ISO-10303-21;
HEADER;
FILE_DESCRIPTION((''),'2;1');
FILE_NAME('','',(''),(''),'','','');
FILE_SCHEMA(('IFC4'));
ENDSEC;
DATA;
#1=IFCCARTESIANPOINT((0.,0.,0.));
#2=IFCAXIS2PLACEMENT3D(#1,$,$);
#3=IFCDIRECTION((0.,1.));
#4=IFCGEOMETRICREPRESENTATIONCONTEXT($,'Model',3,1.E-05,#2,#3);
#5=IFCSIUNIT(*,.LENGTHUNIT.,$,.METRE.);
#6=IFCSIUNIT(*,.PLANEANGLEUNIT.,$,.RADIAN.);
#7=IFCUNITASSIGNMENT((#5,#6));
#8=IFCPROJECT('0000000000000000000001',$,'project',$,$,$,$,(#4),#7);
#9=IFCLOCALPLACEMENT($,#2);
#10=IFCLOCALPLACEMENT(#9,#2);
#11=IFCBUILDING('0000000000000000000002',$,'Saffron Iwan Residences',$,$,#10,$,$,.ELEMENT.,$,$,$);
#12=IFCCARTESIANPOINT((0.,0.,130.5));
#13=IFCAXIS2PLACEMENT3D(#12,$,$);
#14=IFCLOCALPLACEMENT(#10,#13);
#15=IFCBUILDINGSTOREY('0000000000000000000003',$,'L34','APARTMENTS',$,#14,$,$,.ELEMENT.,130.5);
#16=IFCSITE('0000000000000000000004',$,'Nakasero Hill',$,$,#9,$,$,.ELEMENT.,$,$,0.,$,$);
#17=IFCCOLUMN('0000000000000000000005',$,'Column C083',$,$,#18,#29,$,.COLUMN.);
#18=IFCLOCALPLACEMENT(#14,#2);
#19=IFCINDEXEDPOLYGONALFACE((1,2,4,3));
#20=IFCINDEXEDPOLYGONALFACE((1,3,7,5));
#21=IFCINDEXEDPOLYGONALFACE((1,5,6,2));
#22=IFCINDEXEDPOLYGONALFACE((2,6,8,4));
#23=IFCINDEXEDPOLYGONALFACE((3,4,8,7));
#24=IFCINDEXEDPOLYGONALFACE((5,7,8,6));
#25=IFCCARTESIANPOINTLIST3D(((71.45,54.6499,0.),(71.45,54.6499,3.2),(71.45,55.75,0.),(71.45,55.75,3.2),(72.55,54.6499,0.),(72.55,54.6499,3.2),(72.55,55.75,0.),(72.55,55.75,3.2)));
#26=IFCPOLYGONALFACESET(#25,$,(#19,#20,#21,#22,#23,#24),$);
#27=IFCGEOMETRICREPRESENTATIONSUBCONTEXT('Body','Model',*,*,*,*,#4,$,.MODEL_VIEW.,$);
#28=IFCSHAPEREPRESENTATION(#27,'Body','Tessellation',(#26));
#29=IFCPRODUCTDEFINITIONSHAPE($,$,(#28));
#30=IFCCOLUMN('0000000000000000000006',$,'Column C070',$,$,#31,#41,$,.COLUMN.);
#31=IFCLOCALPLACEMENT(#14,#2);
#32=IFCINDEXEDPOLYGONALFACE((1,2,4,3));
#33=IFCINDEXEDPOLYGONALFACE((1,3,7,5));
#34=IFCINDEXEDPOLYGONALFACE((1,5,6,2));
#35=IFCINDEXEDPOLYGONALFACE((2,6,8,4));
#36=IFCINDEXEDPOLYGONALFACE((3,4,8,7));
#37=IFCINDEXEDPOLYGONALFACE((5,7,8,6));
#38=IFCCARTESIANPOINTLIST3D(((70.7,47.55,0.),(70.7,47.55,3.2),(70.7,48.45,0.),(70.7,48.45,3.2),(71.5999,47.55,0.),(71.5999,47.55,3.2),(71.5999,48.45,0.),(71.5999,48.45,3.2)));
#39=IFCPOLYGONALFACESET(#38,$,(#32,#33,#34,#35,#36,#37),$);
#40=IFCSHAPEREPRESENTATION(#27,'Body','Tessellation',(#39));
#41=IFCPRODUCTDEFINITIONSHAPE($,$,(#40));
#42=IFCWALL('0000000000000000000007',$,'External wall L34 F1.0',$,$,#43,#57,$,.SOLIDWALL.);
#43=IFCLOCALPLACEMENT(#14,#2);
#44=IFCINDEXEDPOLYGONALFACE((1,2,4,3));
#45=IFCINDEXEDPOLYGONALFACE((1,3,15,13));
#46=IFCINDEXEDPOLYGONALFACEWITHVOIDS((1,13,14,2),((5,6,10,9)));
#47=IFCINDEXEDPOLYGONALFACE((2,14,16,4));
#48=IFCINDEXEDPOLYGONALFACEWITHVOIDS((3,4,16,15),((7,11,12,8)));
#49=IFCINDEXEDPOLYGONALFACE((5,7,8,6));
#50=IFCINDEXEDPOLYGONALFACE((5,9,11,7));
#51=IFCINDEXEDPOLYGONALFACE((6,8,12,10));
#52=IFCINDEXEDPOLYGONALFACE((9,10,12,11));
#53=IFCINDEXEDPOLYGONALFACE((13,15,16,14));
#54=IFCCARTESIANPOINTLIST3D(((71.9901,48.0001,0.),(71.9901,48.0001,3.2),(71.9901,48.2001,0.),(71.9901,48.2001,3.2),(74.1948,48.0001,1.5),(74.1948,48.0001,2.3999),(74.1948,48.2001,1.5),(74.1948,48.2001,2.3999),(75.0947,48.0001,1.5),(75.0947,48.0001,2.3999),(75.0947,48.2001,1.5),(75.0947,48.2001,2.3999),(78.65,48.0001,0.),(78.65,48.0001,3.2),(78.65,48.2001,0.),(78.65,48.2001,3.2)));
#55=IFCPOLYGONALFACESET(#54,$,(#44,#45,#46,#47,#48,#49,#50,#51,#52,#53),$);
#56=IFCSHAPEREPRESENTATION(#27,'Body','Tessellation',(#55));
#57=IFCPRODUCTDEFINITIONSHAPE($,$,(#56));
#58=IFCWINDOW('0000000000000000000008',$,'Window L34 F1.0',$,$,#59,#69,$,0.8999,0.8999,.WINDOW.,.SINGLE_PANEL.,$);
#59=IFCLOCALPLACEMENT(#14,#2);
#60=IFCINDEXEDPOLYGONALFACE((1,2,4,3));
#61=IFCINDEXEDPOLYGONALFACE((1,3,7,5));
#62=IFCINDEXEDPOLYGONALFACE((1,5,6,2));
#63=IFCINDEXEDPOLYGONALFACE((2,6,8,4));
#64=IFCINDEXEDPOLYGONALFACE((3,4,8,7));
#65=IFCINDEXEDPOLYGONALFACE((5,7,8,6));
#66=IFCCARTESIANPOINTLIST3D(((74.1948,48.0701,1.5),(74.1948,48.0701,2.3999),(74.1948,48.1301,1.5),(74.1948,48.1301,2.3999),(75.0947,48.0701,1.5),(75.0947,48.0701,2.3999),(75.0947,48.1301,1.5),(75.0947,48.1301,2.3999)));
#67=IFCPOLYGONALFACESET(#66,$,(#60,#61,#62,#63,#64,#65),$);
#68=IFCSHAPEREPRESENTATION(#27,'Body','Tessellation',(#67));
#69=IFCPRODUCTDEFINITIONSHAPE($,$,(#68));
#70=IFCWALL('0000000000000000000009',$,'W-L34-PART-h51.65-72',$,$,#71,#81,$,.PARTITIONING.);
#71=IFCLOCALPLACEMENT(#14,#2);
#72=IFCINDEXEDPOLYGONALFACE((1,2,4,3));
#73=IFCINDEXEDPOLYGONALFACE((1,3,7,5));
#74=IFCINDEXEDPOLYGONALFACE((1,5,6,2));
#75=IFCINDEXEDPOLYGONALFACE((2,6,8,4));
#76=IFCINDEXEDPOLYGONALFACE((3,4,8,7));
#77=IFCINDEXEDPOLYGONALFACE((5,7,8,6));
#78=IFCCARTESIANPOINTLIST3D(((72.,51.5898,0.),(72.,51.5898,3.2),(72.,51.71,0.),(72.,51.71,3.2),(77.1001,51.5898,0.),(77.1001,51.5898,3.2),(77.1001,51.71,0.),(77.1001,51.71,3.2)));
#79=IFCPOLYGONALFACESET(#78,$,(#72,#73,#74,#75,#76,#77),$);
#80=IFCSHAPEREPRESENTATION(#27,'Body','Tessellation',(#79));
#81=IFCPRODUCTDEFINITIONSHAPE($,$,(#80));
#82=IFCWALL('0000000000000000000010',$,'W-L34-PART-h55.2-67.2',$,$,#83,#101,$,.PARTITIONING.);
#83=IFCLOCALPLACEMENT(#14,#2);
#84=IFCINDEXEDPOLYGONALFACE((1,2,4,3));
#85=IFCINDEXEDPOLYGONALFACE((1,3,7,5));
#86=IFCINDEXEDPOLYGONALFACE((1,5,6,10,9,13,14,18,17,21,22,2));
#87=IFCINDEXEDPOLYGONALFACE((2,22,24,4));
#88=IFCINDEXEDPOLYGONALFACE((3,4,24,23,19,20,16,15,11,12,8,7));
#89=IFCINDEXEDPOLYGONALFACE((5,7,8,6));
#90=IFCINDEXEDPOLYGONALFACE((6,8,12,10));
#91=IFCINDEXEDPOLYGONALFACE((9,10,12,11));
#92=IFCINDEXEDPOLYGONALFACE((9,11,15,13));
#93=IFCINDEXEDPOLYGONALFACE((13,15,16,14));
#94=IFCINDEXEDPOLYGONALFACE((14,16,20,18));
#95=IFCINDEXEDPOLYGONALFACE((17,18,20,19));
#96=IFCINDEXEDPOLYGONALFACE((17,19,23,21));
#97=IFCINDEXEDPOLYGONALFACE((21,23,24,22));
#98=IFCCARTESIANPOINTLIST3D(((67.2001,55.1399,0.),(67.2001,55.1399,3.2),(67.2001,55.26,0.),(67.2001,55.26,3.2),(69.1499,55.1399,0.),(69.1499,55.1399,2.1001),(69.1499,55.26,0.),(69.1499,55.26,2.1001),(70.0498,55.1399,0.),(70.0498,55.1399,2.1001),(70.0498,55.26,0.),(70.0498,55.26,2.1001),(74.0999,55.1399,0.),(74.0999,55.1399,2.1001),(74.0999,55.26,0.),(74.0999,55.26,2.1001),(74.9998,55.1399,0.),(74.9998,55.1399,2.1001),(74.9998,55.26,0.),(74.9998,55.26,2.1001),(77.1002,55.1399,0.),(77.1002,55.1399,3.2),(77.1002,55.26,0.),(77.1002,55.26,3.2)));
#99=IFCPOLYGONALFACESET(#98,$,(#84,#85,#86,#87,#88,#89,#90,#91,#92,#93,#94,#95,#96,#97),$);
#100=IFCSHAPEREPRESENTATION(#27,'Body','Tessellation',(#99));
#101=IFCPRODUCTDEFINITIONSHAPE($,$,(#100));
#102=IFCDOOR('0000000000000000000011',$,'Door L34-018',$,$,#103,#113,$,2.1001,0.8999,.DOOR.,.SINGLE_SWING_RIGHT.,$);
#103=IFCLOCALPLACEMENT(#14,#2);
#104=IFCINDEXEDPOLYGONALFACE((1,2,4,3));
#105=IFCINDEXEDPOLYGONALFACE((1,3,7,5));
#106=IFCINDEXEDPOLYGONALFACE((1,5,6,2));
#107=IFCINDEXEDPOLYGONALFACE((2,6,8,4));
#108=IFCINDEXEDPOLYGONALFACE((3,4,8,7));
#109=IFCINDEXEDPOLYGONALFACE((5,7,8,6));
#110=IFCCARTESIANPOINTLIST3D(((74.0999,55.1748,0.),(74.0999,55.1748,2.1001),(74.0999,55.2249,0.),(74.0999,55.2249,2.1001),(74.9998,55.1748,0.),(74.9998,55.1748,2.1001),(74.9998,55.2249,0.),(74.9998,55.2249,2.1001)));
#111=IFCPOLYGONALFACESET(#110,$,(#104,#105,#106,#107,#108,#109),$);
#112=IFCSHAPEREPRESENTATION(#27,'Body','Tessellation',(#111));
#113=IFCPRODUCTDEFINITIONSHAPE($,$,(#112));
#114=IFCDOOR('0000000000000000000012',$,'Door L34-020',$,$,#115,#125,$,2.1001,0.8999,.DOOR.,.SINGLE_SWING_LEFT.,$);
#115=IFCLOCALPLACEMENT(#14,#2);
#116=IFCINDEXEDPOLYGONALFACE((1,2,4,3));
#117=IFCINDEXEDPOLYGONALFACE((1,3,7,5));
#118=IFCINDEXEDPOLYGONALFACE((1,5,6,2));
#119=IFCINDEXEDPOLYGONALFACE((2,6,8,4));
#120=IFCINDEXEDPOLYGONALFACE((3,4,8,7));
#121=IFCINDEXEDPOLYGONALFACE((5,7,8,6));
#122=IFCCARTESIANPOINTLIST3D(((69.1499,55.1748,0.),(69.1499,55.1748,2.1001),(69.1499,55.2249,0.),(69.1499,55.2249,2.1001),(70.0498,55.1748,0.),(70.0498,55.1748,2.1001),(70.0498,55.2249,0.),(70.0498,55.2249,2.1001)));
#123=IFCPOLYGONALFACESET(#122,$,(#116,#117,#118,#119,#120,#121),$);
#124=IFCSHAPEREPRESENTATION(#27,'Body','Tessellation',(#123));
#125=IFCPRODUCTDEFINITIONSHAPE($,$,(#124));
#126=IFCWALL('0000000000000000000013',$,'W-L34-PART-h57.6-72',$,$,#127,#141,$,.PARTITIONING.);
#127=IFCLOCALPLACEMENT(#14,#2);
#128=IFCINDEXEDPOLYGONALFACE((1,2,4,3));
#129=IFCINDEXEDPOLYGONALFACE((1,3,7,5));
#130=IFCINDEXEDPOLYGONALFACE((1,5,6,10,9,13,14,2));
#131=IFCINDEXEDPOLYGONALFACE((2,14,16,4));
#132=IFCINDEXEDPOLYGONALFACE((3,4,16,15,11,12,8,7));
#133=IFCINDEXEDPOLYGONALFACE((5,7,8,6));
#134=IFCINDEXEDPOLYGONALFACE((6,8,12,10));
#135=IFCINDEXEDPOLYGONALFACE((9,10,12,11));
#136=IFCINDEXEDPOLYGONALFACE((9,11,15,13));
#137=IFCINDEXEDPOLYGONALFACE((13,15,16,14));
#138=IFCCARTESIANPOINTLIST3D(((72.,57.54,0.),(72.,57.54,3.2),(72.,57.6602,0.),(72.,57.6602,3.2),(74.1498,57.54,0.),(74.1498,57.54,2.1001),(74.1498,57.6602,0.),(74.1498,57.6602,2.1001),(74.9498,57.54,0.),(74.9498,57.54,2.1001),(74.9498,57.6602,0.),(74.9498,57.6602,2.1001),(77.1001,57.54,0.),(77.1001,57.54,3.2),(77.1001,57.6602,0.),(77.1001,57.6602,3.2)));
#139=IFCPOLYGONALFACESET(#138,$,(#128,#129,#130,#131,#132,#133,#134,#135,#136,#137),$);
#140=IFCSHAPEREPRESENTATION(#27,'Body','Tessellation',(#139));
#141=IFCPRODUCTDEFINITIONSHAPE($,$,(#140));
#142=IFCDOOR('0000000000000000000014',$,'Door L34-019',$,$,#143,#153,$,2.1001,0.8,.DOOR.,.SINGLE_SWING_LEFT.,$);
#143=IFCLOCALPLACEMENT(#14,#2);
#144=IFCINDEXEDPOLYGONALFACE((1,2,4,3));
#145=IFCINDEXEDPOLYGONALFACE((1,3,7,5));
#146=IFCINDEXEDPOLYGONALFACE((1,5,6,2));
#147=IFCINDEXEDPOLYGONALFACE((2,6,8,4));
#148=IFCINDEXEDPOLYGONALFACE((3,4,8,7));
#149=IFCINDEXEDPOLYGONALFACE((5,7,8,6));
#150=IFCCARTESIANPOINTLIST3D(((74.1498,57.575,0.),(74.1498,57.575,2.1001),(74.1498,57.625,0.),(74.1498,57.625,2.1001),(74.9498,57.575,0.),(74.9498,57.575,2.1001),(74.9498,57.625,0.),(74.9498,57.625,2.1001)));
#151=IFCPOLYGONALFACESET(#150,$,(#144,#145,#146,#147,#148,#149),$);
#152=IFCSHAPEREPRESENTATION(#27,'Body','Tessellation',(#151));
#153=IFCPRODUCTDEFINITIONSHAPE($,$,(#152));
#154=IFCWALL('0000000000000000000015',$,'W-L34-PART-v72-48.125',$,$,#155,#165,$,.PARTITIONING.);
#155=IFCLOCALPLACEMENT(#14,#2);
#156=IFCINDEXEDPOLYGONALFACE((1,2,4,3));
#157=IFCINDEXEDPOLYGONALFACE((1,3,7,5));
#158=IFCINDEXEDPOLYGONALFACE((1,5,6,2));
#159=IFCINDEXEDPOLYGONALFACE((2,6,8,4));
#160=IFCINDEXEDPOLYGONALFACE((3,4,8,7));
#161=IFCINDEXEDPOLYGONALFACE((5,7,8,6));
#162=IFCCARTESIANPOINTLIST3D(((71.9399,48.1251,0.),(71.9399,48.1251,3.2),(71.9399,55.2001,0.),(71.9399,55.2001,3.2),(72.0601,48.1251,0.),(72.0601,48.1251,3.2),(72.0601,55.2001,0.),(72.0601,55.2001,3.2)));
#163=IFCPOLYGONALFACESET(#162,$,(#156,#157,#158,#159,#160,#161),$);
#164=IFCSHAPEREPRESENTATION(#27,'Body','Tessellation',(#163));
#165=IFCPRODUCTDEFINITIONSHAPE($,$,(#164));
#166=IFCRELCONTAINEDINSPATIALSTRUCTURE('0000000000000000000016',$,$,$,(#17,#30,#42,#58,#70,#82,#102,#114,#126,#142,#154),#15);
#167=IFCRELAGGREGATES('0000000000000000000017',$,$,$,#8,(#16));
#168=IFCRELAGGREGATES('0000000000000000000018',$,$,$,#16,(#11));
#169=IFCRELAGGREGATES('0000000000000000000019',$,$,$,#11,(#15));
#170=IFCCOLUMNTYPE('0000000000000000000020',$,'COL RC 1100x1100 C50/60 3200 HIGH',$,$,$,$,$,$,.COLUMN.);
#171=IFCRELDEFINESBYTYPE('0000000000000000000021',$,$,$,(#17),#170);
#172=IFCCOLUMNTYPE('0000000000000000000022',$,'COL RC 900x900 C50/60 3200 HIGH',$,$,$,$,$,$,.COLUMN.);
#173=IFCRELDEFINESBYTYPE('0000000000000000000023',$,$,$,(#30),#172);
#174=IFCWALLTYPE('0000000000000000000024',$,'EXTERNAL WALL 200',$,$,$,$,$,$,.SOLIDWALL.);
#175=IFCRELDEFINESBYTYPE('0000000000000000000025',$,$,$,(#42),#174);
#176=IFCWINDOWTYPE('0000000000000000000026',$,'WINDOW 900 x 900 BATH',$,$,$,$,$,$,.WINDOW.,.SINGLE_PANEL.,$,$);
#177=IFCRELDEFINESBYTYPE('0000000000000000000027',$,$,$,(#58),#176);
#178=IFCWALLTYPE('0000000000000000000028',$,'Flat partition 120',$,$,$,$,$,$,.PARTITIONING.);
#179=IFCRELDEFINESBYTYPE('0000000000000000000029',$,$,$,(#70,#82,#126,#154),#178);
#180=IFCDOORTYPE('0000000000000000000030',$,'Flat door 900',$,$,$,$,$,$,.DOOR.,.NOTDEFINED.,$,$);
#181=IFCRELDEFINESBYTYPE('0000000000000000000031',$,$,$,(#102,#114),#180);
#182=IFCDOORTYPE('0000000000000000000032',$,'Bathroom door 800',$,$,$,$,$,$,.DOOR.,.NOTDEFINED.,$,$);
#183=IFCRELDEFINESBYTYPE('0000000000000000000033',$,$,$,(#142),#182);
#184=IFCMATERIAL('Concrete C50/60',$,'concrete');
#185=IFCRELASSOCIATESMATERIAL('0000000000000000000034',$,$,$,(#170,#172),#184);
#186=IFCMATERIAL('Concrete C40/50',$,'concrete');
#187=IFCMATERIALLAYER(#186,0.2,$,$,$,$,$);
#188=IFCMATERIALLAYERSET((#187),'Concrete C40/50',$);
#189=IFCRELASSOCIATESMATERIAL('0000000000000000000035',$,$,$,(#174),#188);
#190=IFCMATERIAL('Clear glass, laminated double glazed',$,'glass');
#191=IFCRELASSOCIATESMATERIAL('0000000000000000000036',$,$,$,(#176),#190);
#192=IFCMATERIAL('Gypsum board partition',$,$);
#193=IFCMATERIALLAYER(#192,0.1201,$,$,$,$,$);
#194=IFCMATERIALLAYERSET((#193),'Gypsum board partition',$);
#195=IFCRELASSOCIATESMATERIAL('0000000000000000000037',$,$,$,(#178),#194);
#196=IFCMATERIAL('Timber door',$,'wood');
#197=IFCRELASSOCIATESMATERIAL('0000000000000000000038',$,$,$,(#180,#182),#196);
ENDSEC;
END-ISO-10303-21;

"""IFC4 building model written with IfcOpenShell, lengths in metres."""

from ifc_helpers import new_model, si_unit, direction, frame, frame_2d, origin, origin_2d, place, context, subcontext, project, spatial, rectangle, extrude, source, transform, mapped, material, layer, layer_set, material_profile, profile_set, type_object, element, fill, save


model = new_model("IFC4")

# Units and contexts
model_context = context("Model", 3, precision=1e-05, world=origin(), true_north=direction((0.0, 1.0)))
body_context = subcontext(model_context, "Body", "Model", "MODEL_VIEW")
ifc_project = project(units=[si_unit("LENGTHUNIT", "METRE"), si_unit("PLANEANGLEUNIT", "RADIAN")], contexts=[model_context])

# Site, building, storey
site_placement = place(None, origin())
site = spatial("IfcSite", under=ifc_project, at=site_placement, Name="Nakasero Hill", CompositionType="ELEMENT", RefElevation=0.0)
building_placement = place(site_placement, origin())
building = spatial("IfcBuilding", under=site, at=building_placement, Name="Saffron Iwan Residences", CompositionType="ELEMENT")
storey_placement = place(building_placement, frame((0.0, 0.0, 130.5)))
storey = spatial("IfcBuildingStorey", under=building, at=storey_placement, Name="L34", Description="APARTMENTS", CompositionType="ELEMENT", Elevation=130.5)

# Columns
ifc_material_1 = material(Name="Concrete C50/60", Category="concrete")
ifc_material_profile_1 = material_profile(ifc_material_1, rectangle(XDim=1.1001, YDim=1.1001, at=origin_2d()), Name="RC 1100x1100")
ifc_profile_set_1 = profile_set([ifc_material_profile_1], Name="Concrete C50/60")
column_type_1 = type_object("IfcColumnType", Name="COL RC 1100x1100 C50/60 3200 HIGH", PredefinedType="COLUMN", material=ifc_profile_set_1)
shared_shape_1 = source(origin(), body_context, "Body", "SweptSolid", [
    extrude(rectangle(XDim=1.1001, YDim=1.1001, at=origin_2d()), origin(), (0.0, 0.0, 1.0), 3.2),
])
column_1_placement = place(storey_placement, frame((72.0, 55.2, 0.0), z_axis=(0.0, 0.0, 1.0), x_axis=(1.0, 0.0, 0.0)))
element("IfcColumn", 1, at=column_1_placement, inside=storey, type_object=column_type_1, Name="Column C083", PredefinedType="COLUMN", context=body_context, shape_type="MappedRepresentation", body=[
    mapped(shared_shape_1, transform((0.0, 0.0, 0.0))),
])
ifc_material_profile_2 = material_profile(ifc_material_1, rectangle(XDim=0.8999, YDim=0.8999, at=origin_2d()), Name="RC 900x900")
ifc_profile_set_2 = profile_set([ifc_material_profile_2], Name="Concrete C50/60")
column_type_2 = type_object("IfcColumnType", Name="COL RC 900x900 C50/60 3200 HIGH", PredefinedType="COLUMN", material=ifc_profile_set_2)
shared_shape_2 = source(origin(), body_context, "Body", "SweptSolid", [
    extrude(rectangle(XDim=0.8999, YDim=0.8999, at=origin_2d()), origin(), (0.0, 0.0, 1.0), 3.2),
])
column_2_placement = place(storey_placement, frame((71.1499, 48.0, 0.0), z_axis=(0.0, 0.0, 1.0), x_axis=(1.0, 0.0, 0.0)))
element("IfcColumn", 2, at=column_2_placement, inside=storey, type_object=column_type_2, Name="Column C070", PredefinedType="COLUMN", context=body_context, shape_type="MappedRepresentation", body=[
    mapped(shared_shape_2, transform((0.0, 0.0, 0.0))),
])

# Wall, opening, window
ifc_material_2 = material(Name="Concrete C40/50", Category="concrete")
ifc_layer_1 = layer(ifc_material_2, 0.2)
ifc_layer_set_1 = layer_set([ifc_layer_1], Name="Concrete C40/50")
wall_type_1 = type_object("IfcWallType", Name="EXTERNAL WALL 200", PredefinedType="SOLIDWALL", material=ifc_layer_set_1)
wall_1_placement = place(storey_placement, frame((71.99, 48.1001, 0.0), z_axis=(0.0, 0.0, 1.0), x_axis=(1.0, 0.0, 0.0)))
wall_1 = element("IfcWall", 3, at=wall_1_placement, inside=storey, type_object=wall_type_1, Name="External wall L34 F1.0", PredefinedType="SOLIDWALL", context=body_context, shape_type="SweptSolid", body=[
    extrude(rectangle(XDim=6.6599, YDim=0.2, at=frame_2d((3.3301, 0.0))), origin(), (0.0, 0.0, 1.0), 3.2),
])
opening_1_placement = place(wall_1_placement, frame((2.2048, 0.0, 1.5)))
opening_1 = element("IfcOpeningElement", 4, at=opening_1_placement, cuts=wall_1, PredefinedType="OPENING", context=body_context, shape_type="SweptSolid", body=[
    extrude(rectangle(XDim=0.8999, YDim=0.8999, at=frame_2d((0.45, 0.45))), frame((0.0, 0.1099, 0.0), z_axis=(0.0, -1.0, 0.0), x_axis=(1.0, 0.0, 0.0)), (0.0, 0.0, 1.0), 0.22),
])
ifc_material_3 = material(Name="Clear glass, laminated double glazed", Category="glass")
window_type = type_object("IfcWindowType", Name="WINDOW 900 x 900 BATH", PartitioningType="SINGLE_PANEL", PredefinedType="WINDOW", material=ifc_material_3)
window_placement = place(opening_1_placement, origin())
window = element("IfcWindow", 5, at=window_placement, inside=storey, type_object=window_type, Name="Window L34 F1.0", OverallHeight=0.8999, OverallWidth=0.8999, PartitioningType="SINGLE_PANEL", PredefinedType="WINDOW", context=body_context, shape_type="SweptSolid", body=[
    extrude(rectangle(XDim=0.8999, YDim=0.8999, at=frame_2d((0.45, 0.45))), frame((0.0, 0.03, 0.0), z_axis=(0.0, -1.0, 0.0), x_axis=(1.0, 0.0, 0.0)), (0.0, 0.0, 1.0), 0.0601),
])
fill(opening_1, window)

# Wall
ifc_material_4 = material(Name="Gypsum board partition")
ifc_layer_2 = layer(ifc_material_4, 0.1201)
ifc_layer_set_2 = layer_set([ifc_layer_2], Name="Gypsum board partition")
wall_type_2 = type_object("IfcWallType", Name="Flat partition 120", PredefinedType="PARTITIONING", material=ifc_layer_set_2)
wall_2_placement = place(storey_placement, frame((72.0, 51.6499, 0.0), z_axis=(0.0, 0.0, 1.0), x_axis=(1.0, 0.0, 0.0)))
element("IfcWall", 6, at=wall_2_placement, inside=storey, type_object=wall_type_2, Name="W-L34-PART-h51.65-72", PredefinedType="PARTITIONING", context=body_context, shape_type="SweptSolid", body=[
    extrude(rectangle(XDim=5.1001, YDim=0.1201, at=frame_2d((2.55, 0.0))), origin(), (0.0, 0.0, 1.0), 3.2),
])

# Wall, openings, doors
wall_3_placement = place(storey_placement, frame((67.2, 55.2, 0.0), z_axis=(0.0, 0.0, 1.0), x_axis=(1.0, 0.0, 0.0)))
wall_3 = element("IfcWall", 7, at=wall_3_placement, inside=storey, type_object=wall_type_2, Name="W-L34-PART-h55.2-67.2", PredefinedType="PARTITIONING", context=body_context, shape_type="SweptSolid", body=[
    extrude(rectangle(XDim=9.9001, YDim=0.1201, at=frame_2d((4.9502, 0.0))), origin(), (0.0, 0.0, 1.0), 3.2),
])
opening_2_placement = place(wall_3_placement, frame((6.8999, 0.0, 0.0)))
opening_2 = element("IfcOpeningElement", 8, at=opening_2_placement, cuts=wall_3, PredefinedType="OPENING", context=body_context, shape_type="SweptSolid", body=[
    extrude(rectangle(XDim=0.8999, YDim=2.1001, at=frame_2d((0.45, 1.05))), frame((0.0, 0.0701, 0.0), z_axis=(0.0, -1.0, 0.0), x_axis=(1.0, 0.0, 0.0)), (0.0, 0.0, 1.0), 0.1401),
])
opening_3_placement = place(wall_3_placement, frame((1.95, 0.0, 0.0)))
opening_3 = element("IfcOpeningElement", 9, at=opening_3_placement, cuts=wall_3, PredefinedType="OPENING", context=body_context, shape_type="SweptSolid", body=[
    extrude(rectangle(XDim=0.8999, YDim=2.1001, at=frame_2d((0.45, 1.05))), frame((0.0, 0.0701, 0.0), z_axis=(0.0, -1.0, 0.0), x_axis=(1.0, 0.0, 0.0)), (0.0, 0.0, 1.0), 0.1401),
])
ifc_material_5 = material(Name="Timber door", Category="wood")
door_type_1 = type_object("IfcDoorType", Name="Flat door 900", OperationType="NOTDEFINED", PredefinedType="DOOR", material=ifc_material_5)
door_1_placement = place(opening_2_placement, origin())
door_1 = element("IfcDoor", 10, at=door_1_placement, inside=storey, type_object=door_type_1, Name="Door L34-018", OperationType="SINGLE_SWING_RIGHT", OverallHeight=2.1001, OverallWidth=0.8999, PredefinedType="DOOR", context=body_context, shape_type="SweptSolid", body=[
    extrude(rectangle(XDim=0.8999, YDim=2.1001, at=frame_2d((0.45, 1.05))), frame((0.0, 0.0249, 0.0), z_axis=(0.0, -1.0, 0.0), x_axis=(1.0, 0.0, 0.0)), (0.0, 0.0, 1.0), 0.05),
])
fill(opening_2, door_1)
door_2_placement = place(opening_3_placement, origin())
door_2 = element("IfcDoor", 11, at=door_2_placement, inside=storey, type_object=door_type_1, Name="Door L34-020", OperationType="SINGLE_SWING_LEFT", OverallHeight=2.1001, OverallWidth=0.8999, PredefinedType="DOOR", context=body_context, shape_type="SweptSolid", body=[
    extrude(rectangle(XDim=0.8999, YDim=2.1001, at=frame_2d((0.45, 1.05))), frame((0.0, 0.0249, 0.0), z_axis=(0.0, -1.0, 0.0), x_axis=(1.0, 0.0, 0.0)), (0.0, 0.0, 1.0), 0.05),
])
fill(opening_3, door_2)

# Wall, opening, door
wall_4_placement = place(storey_placement, frame((72.0, 57.6001, 0.0), z_axis=(0.0, 0.0, 1.0), x_axis=(1.0, 0.0, 0.0)))
wall_4 = element("IfcWall", 12, at=wall_4_placement, inside=storey, type_object=wall_type_2, Name="W-L34-PART-h57.6-72", PredefinedType="PARTITIONING", context=body_context, shape_type="SweptSolid", body=[
    extrude(rectangle(XDim=5.1001, YDim=0.1201, at=frame_2d((2.55, 0.0))), origin(), (0.0, 0.0, 1.0), 3.2),
])
opening_4_placement = place(wall_4_placement, frame((2.1499, 0.0, 0.0)))
opening_4 = element("IfcOpeningElement", 13, at=opening_4_placement, cuts=wall_4, PredefinedType="OPENING", context=body_context, shape_type="SweptSolid", body=[
    extrude(rectangle(XDim=0.8, YDim=2.1001, at=frame_2d((0.3999, 1.05))), frame((0.0, 0.0701, 0.0), z_axis=(0.0, -1.0, 0.0), x_axis=(1.0, 0.0, 0.0)), (0.0, 0.0, 1.0), 0.1401),
])
door_type_2 = type_object("IfcDoorType", Name="Bathroom door 800", OperationType="NOTDEFINED", PredefinedType="DOOR", material=ifc_material_5)
door_3_placement = place(opening_4_placement, origin())
door_3 = element("IfcDoor", 14, at=door_3_placement, inside=storey, type_object=door_type_2, Name="Door L34-019", OperationType="SINGLE_SWING_LEFT", OverallHeight=2.1001, OverallWidth=0.8, PredefinedType="DOOR", context=body_context, shape_type="SweptSolid", body=[
    extrude(rectangle(XDim=0.8, YDim=2.1001, at=frame_2d((0.3999, 1.05))), frame((0.0, 0.0249, 0.0), z_axis=(0.0, -1.0, 0.0), x_axis=(1.0, 0.0, 0.0)), (0.0, 0.0, 1.0), 0.05),
])
fill(opening_4, door_3)

# Wall
wall_5_placement = place(storey_placement, frame((72.0, 48.125, 0.0), z_axis=(0.0, 0.0, 1.0), x_axis=(0.0, 1.0, 0.0)))
element("IfcWall", 15, at=wall_5_placement, inside=storey, type_object=wall_type_2, Name="W-L34-PART-v72-48.125", PredefinedType="PARTITIONING", context=body_context, shape_type="SweptSolid", body=[
    extrude(rectangle(XDim=7.075, YDim=0.1201, at=frame_2d((3.5376, 0.0))), origin(), (0.0, 0.0, 1.0), 3.2),
])

save(model, "model.ifc")
